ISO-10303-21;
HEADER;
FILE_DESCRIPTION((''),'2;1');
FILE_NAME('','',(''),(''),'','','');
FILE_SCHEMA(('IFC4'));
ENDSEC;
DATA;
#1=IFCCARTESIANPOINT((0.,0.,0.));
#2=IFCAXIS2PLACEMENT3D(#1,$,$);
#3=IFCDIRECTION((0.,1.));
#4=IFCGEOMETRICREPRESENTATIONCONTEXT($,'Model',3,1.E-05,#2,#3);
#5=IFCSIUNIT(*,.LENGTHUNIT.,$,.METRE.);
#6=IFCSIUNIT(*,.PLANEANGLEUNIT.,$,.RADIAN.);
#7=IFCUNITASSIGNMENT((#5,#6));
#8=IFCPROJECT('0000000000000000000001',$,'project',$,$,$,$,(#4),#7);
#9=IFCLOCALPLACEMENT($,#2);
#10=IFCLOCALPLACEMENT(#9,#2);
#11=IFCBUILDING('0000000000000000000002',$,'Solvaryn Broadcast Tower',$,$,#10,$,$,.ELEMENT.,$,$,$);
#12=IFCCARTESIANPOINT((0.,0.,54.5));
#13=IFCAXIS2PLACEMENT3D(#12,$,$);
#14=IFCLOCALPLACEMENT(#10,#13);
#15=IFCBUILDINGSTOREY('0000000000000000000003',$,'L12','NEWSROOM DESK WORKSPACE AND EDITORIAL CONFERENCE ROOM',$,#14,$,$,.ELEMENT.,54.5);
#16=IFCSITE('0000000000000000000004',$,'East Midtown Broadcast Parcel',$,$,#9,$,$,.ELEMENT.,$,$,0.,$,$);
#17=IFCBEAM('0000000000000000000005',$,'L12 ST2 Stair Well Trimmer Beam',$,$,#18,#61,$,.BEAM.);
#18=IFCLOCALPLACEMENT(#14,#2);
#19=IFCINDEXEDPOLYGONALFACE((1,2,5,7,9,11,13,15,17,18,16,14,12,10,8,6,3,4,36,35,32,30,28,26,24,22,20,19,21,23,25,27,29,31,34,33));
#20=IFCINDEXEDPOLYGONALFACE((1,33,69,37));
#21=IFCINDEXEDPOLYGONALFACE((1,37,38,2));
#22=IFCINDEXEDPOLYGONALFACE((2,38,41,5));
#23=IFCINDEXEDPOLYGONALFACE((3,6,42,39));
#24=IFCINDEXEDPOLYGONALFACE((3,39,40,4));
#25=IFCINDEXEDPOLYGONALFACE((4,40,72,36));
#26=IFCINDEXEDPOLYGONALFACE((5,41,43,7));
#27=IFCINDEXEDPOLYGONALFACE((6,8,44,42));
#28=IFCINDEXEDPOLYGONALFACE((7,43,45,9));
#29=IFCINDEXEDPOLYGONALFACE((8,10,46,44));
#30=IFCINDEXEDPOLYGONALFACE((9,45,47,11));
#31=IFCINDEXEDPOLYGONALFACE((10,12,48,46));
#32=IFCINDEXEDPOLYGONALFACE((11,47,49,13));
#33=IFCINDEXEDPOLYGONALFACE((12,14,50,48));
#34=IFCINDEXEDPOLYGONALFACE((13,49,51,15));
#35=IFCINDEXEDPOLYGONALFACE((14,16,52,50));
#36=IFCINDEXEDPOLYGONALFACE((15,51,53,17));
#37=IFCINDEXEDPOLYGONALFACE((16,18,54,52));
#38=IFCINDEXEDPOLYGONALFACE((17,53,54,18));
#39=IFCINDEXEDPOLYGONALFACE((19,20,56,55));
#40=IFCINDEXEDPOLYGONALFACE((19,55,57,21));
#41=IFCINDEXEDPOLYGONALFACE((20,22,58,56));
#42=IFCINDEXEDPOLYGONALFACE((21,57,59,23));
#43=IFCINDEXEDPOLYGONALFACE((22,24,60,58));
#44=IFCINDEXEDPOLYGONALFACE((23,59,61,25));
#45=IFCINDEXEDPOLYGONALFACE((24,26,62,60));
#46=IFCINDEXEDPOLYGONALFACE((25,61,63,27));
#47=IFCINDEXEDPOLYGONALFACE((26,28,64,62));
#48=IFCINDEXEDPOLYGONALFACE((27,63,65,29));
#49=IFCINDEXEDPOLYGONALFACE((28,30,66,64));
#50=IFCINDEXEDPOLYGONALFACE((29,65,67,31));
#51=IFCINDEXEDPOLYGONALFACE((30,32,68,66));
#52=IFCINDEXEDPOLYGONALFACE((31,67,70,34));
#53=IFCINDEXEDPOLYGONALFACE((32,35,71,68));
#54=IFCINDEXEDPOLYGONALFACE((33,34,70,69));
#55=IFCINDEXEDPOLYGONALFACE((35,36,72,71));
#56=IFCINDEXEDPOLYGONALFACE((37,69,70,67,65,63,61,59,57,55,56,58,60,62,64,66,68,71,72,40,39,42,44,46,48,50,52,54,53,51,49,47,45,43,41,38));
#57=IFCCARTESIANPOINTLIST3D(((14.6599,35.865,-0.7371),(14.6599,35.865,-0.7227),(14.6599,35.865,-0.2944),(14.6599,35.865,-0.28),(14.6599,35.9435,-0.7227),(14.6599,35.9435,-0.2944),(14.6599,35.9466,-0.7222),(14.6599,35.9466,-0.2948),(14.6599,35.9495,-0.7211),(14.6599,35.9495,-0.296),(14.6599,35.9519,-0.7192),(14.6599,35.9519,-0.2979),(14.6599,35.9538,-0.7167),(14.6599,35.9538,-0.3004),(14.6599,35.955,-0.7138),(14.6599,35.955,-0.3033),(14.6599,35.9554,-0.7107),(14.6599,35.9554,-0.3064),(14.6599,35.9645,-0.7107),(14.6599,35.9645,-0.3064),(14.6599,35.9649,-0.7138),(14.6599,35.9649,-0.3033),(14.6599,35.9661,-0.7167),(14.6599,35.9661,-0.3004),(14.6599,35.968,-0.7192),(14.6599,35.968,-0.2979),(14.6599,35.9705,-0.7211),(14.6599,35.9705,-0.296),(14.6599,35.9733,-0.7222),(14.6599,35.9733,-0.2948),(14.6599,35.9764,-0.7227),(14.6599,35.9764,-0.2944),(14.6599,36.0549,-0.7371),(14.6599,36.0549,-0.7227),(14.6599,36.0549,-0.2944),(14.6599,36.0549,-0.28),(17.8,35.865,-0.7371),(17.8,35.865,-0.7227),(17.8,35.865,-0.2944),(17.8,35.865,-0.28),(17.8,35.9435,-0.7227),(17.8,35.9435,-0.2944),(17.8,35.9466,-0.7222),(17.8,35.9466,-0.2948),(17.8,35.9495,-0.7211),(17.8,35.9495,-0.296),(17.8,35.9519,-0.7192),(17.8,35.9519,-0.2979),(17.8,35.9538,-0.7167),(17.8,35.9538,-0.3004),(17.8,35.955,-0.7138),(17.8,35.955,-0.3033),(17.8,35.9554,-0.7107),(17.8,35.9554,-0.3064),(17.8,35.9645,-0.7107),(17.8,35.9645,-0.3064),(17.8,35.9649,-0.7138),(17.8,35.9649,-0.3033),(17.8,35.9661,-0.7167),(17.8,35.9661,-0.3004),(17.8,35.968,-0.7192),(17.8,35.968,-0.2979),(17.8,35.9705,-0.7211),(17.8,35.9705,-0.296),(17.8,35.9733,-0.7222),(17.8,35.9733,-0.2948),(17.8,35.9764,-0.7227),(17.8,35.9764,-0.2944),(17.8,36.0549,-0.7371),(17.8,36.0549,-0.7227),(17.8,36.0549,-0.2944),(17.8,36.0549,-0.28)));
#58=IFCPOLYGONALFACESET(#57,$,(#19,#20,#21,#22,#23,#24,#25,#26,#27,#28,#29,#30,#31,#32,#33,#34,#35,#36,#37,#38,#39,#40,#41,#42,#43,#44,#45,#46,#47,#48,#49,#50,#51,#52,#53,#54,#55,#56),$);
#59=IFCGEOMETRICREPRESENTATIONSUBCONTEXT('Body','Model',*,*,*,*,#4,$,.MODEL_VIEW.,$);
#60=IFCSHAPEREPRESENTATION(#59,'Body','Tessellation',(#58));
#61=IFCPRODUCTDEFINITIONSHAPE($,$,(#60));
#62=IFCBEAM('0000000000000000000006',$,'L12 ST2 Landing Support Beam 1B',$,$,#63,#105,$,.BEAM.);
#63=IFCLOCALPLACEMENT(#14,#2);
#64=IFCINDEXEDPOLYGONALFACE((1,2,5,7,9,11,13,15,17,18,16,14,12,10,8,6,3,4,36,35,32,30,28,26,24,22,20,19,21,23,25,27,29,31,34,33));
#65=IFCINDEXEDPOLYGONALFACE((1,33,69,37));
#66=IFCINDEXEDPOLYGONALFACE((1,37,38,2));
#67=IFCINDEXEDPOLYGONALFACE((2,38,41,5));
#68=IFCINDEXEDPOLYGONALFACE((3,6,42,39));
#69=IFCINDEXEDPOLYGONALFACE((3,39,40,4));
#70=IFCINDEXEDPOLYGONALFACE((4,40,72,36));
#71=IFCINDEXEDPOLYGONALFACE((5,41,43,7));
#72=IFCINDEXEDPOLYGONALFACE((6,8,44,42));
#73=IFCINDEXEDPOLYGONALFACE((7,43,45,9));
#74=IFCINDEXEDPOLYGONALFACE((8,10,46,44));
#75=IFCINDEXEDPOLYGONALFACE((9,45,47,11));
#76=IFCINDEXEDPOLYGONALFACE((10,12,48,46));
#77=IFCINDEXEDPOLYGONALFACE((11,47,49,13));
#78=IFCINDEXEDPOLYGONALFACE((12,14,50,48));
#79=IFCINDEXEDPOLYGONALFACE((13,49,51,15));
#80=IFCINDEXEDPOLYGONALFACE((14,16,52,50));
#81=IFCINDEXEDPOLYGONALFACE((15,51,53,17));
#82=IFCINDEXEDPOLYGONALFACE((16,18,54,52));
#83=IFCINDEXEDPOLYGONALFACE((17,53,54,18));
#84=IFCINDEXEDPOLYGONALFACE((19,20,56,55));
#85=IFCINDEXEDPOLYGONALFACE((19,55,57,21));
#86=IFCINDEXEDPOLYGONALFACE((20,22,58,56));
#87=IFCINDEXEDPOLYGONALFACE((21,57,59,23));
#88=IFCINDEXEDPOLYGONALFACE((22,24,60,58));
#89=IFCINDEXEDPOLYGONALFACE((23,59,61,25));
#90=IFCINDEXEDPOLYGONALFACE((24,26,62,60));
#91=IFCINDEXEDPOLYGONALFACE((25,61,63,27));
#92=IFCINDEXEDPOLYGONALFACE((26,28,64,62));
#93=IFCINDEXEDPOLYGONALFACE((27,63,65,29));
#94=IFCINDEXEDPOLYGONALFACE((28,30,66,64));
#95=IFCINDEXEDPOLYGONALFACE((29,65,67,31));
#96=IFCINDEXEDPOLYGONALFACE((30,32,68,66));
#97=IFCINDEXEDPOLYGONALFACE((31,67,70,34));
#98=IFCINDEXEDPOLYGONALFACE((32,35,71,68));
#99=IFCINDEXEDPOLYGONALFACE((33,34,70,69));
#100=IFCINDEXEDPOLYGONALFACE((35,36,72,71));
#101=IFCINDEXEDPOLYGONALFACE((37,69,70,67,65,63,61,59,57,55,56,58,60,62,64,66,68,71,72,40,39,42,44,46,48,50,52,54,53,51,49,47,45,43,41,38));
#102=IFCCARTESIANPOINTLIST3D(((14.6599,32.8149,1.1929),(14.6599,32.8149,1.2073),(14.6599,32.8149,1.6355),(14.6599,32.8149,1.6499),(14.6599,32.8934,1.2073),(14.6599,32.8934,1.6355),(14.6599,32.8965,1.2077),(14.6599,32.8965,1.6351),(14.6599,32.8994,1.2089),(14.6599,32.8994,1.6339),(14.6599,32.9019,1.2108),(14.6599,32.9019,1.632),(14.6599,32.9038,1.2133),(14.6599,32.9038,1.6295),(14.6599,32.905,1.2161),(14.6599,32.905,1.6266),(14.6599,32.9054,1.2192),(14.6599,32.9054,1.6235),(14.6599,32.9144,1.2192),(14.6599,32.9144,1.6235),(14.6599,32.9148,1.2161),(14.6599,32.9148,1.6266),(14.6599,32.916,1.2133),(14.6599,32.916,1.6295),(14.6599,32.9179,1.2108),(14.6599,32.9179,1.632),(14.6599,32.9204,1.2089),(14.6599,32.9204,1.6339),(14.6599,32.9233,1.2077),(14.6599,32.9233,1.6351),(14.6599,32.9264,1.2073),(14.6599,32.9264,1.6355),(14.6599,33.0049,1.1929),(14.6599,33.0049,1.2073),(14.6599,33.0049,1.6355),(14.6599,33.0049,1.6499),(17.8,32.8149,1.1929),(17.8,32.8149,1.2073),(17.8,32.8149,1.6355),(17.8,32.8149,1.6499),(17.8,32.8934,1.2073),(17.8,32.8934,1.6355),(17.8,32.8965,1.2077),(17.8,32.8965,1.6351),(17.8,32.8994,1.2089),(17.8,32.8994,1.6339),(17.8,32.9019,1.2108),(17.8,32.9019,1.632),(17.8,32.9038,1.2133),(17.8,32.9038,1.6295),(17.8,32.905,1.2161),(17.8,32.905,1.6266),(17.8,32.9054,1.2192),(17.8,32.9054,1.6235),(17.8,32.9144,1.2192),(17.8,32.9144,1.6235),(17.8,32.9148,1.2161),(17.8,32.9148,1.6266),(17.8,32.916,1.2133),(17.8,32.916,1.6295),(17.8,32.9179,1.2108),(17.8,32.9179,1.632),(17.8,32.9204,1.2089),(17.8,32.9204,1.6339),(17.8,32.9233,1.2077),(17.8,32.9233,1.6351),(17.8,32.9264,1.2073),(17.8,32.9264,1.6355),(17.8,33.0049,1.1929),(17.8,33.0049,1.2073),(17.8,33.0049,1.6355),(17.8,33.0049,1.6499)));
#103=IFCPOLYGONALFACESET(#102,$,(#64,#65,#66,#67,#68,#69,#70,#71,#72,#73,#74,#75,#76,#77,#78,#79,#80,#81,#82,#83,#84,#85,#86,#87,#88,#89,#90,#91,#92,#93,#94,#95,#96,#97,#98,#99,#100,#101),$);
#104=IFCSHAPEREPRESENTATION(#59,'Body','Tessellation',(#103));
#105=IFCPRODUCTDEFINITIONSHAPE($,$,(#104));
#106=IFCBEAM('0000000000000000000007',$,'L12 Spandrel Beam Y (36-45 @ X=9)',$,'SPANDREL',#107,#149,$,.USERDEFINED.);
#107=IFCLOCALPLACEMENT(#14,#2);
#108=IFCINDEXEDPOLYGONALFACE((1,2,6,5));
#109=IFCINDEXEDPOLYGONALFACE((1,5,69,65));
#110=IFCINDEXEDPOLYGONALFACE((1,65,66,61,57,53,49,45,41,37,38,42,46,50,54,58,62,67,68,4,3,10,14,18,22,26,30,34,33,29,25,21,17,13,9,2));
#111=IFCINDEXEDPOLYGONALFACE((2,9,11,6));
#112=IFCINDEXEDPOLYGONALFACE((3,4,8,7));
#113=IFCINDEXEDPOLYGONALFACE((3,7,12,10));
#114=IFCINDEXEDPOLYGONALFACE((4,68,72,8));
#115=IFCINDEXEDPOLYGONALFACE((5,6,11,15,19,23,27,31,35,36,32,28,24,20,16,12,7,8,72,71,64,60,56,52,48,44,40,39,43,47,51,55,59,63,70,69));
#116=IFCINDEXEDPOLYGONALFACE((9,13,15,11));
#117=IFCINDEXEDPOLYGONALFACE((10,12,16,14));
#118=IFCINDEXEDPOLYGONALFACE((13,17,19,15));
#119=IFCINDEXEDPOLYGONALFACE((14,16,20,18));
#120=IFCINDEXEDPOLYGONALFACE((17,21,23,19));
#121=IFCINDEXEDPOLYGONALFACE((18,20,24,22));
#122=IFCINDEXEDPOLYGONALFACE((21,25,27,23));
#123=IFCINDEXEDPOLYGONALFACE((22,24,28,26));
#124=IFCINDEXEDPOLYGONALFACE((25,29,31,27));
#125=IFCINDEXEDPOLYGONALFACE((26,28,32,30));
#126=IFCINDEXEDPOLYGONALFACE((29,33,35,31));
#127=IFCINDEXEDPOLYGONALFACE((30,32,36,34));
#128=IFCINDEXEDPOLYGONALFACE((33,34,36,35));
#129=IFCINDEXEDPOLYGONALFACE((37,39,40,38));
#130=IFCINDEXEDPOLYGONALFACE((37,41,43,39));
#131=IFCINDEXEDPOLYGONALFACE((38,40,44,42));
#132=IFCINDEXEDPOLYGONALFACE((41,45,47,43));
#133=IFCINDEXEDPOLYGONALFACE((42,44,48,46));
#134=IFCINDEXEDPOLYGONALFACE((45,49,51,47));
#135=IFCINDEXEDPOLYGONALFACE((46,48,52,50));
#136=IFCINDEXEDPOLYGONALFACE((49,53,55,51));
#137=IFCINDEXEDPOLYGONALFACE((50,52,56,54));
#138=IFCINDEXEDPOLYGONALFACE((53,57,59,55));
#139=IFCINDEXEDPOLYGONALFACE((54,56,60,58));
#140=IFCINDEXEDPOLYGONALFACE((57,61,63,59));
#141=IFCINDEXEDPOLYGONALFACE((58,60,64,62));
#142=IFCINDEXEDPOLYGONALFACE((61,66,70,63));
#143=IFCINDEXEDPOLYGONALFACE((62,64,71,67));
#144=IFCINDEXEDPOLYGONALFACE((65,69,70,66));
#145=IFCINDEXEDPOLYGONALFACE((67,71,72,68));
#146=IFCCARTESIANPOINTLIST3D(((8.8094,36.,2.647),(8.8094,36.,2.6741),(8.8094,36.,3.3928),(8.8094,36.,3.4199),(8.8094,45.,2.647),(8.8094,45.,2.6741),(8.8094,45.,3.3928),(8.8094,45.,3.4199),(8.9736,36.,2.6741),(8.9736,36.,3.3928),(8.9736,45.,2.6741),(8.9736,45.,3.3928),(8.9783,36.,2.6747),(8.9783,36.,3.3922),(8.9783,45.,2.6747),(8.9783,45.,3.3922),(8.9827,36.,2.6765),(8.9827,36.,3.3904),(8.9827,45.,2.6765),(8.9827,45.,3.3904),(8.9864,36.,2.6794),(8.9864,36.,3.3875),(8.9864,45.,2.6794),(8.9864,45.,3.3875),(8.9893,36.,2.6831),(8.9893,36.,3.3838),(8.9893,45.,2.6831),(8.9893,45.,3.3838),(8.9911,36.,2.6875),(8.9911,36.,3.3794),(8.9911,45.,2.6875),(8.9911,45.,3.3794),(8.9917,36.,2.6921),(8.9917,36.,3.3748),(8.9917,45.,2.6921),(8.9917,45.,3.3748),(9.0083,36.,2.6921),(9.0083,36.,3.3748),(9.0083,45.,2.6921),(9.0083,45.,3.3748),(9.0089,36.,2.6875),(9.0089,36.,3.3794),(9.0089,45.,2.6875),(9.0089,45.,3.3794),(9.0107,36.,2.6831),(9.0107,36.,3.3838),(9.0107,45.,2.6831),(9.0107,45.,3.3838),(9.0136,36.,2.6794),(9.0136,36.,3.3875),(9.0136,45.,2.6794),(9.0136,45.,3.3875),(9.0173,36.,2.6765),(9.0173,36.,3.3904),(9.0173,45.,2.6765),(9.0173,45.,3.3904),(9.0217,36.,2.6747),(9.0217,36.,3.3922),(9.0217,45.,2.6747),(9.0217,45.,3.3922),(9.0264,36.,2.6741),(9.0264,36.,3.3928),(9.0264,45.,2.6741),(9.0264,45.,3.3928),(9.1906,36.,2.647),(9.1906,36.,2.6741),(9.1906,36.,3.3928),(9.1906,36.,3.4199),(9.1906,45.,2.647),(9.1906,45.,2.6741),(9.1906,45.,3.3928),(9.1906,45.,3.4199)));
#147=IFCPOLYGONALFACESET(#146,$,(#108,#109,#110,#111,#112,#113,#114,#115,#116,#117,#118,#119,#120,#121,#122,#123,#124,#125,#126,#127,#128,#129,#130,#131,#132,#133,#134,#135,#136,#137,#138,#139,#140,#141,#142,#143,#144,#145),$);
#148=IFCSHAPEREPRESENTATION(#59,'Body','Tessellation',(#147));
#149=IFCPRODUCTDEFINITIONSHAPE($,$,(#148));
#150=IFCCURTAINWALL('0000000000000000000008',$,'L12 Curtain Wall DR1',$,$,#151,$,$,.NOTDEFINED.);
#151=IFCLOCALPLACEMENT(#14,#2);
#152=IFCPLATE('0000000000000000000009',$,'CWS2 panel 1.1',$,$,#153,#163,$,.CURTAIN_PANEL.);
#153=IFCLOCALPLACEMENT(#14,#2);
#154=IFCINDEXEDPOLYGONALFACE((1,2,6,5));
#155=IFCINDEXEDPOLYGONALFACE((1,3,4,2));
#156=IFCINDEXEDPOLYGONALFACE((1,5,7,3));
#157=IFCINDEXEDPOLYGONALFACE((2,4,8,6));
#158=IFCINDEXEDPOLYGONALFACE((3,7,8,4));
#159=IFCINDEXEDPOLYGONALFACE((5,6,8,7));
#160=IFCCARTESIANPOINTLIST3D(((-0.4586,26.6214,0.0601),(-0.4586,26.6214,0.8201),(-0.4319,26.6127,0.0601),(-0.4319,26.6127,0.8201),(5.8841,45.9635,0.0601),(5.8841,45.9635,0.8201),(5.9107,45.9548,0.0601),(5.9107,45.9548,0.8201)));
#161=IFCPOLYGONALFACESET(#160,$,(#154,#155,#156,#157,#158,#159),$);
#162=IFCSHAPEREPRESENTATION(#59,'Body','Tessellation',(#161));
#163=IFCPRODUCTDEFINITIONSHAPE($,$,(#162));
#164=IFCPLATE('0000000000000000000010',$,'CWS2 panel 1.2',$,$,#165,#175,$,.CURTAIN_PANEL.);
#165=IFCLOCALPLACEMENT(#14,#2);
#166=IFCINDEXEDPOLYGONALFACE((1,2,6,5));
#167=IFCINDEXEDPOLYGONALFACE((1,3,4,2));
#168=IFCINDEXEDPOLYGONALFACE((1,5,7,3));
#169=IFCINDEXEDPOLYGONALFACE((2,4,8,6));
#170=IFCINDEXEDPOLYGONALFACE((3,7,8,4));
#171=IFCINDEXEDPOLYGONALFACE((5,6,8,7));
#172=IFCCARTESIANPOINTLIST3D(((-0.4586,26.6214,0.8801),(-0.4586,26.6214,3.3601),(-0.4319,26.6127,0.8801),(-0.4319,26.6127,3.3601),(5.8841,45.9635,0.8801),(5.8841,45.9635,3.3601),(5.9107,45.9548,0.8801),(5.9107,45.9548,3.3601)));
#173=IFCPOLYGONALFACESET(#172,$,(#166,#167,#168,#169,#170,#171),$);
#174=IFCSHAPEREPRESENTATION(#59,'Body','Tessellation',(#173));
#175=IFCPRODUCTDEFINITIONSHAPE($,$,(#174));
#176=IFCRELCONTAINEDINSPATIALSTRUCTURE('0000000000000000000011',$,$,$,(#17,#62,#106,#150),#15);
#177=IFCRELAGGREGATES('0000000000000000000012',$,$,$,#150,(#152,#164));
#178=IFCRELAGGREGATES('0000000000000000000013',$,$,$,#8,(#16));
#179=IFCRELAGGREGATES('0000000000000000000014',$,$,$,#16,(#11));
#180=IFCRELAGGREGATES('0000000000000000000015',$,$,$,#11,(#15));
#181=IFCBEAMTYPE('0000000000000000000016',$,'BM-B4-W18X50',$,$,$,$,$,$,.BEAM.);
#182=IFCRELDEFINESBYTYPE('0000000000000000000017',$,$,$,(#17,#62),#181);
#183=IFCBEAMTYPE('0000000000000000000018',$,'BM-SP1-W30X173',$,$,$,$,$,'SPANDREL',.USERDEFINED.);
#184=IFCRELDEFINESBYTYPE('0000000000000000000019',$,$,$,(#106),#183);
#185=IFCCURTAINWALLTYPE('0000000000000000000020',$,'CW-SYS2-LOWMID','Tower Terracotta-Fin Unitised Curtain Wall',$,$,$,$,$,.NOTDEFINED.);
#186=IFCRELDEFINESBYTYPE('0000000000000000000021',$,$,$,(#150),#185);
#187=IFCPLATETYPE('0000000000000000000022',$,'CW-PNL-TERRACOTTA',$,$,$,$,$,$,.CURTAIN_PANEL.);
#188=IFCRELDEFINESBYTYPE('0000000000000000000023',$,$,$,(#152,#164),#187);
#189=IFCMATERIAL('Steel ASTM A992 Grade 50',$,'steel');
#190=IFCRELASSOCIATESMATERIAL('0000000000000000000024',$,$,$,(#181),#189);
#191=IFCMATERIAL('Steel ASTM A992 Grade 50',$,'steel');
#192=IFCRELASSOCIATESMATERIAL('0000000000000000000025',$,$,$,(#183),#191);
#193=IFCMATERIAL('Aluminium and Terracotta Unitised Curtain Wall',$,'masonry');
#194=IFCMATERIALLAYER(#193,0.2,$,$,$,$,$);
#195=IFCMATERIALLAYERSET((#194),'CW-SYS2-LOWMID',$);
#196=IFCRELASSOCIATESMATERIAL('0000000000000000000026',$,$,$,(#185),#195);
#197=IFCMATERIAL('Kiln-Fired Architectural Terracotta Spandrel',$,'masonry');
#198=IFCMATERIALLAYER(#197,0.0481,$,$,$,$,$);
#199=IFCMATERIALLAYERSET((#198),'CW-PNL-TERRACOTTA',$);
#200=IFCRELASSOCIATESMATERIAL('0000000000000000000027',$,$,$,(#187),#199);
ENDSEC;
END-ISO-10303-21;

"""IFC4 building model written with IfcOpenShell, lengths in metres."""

from ifc_helpers import new_model, si_unit, direction, frame, origin, origin_2d, place, context, subcontext, project, spatial, rectangle, i_section, extrude, material, layer, layer_set, material_profile, profile_set, type_object, element, aggregate, save


model = new_model("IFC4")

# Units and contexts
model_context = context("Model", 3, precision=1e-05, world=origin(), true_north=direction((0.0, 1.0)))
body_context = subcontext(model_context, "Body", "Model", "MODEL_VIEW")
ifc_project = project(units=[si_unit("LENGTHUNIT", "METRE"), si_unit("PLANEANGLEUNIT", "RADIAN")], contexts=[model_context])

# Site, building, storey
site_placement = place(None, origin())
site = spatial("IfcSite", under=ifc_project, at=site_placement, Name="East Midtown Broadcast Parcel", CompositionType="ELEMENT", RefElevation=0.0)
building_placement = place(site_placement, origin())
building = spatial("IfcBuilding", under=site, at=building_placement, Name="Solvaryn Broadcast Tower", CompositionType="ELEMENT")
storey_placement = place(building_placement, frame((0.0, 0.0, 54.5)))
storey = spatial("IfcBuildingStorey", under=building, at=storey_placement, Name="L12", Description="NEWSROOM DESK WORKSPACE AND EDITORIAL CONFERENCE ROOM", CompositionType="ELEMENT", Elevation=54.5)

# Beams
ifc_material_1 = material(Name="Steel ASTM A992 Grade 50", Category="steel")
ifc_material_profile_1 = material_profile(ifc_material_1, i_section(OverallWidth=0.1899, OverallDepth=0.457, WebThickness=0.009, FlangeThickness=0.0144, FilletRadius=0.012, at=origin_2d()))
ifc_profile_set_1 = profile_set([ifc_material_profile_1], Name="Steel ASTM A992 Grade 50")
beam_type_1 = type_object("IfcBeamType", Name="BM-B4-W18X50", PredefinedType="BEAM", material=ifc_profile_set_1)
for number, where, z_axis, x_axis, name in (
    (1, (14.6599, 35.96, -0.5085), (1.0, 0.0, 0.0), (0.0, 1.0, 0.0), "L12 ST2 Stair Well Trimmer Beam"),
    (2, (14.6599, 32.9099, 1.4214), (1.0, 0.0, 0.0), (0.0, 1.0, 0.0), "L12 ST2 Landing Support Beam 1B"),
):
    element("IfcBeam", number, at=place(storey_placement, frame(where, z_axis=z_axis, x_axis=x_axis)), inside=storey, type_object=beam_type_1, Name=name, PredefinedType="BEAM", context=body_context, shape_type="SweptSolid", body=[
        extrude(i_section(OverallWidth=0.1899, OverallDepth=0.457, WebThickness=0.009, FlangeThickness=0.0144, FilletRadius=0.012, at=origin_2d()), origin(), (0.0, 0.0, 1.0), 3.1401),
    ])
ifc_material_2 = material(Name="Steel ASTM A992 Grade 50", Category="steel")
ifc_material_profile_2 = material_profile(ifc_material_2, i_section(OverallWidth=0.3811, OverallDepth=0.7729, WebThickness=0.0166, FlangeThickness=0.0271, FilletRadius=0.0181, at=origin_2d()))
ifc_profile_set_2 = profile_set([ifc_material_profile_2], Name="Steel ASTM A992 Grade 50")
beam_type_2 = type_object("IfcBeamType", Name="BM-SP1-W30X173", ElementType="SPANDREL", PredefinedType="USERDEFINED", material=ifc_profile_set_2)
beam_1_placement = place(storey_placement, frame((9.0, 36.0, 3.0334), z_axis=(0.0, 1.0, 0.0), x_axis=(-1.0, 0.0, 0.0)))
element("IfcBeam", 3, at=beam_1_placement, inside=storey, type_object=beam_type_2, Name="L12 Spandrel Beam Y (36-45 @ X=9)", ObjectType="SPANDREL", PredefinedType="USERDEFINED", context=body_context, shape_type="SweptSolid", body=[
    extrude(i_section(OverallWidth=0.3811, OverallDepth=0.7729, WebThickness=0.0166, FlangeThickness=0.0271, FilletRadius=0.0181, at=origin_2d()), origin(), (0.0, 0.0, 1.0), 9.0),
])

# Curtain wall, plates
ifc_material_3 = material(Name="Aluminium and Terracotta Unitised Curtain Wall", Category="masonry")
ifc_layer_1 = layer(ifc_material_3, 0.2)
ifc_layer_set_1 = layer_set([ifc_layer_1], Name="CW-SYS2-LOWMID")
curtain_wall_type = type_object("IfcCurtainWallType", Name="CW-SYS2-LOWMID", Description="Tower Terracotta-Fin Unitised Curtain Wall", PredefinedType="NOTDEFINED", material=ifc_layer_set_1)
curtain_wall_placement = place(storey_placement, origin())
curtain_wall = element("IfcCurtainWall", 4, at=curtain_wall_placement, inside=storey, type_object=curtain_wall_type, Name="L12 Curtain Wall DR1", PredefinedType="NOTDEFINED")
ifc_material_4 = material(Name="Kiln-Fired Architectural Terracotta Spandrel", Category="masonry")
ifc_layer_2 = layer(ifc_material_4, 0.0481)
ifc_layer_set_2 = layer_set([ifc_layer_2], Name="CW-PNL-TERRACOTTA")
plate_type = type_object("IfcPlateType", Name="CW-PNL-TERRACOTTA", PredefinedType="CURTAIN_PANEL", material=ifc_layer_set_2)
plate_1_placement = place(storey_placement, frame((2.7261, 36.2881, 0.0601), z_axis=(0.0, 0.0, 1.0), x_axis=(-0.311594, -0.950215, 0.0)))
plate_1 = element("IfcPlate", 5, at=plate_1_placement, type_object=plate_type, Name="CWS2 panel 1.1", PredefinedType="CURTAIN_PANEL", context=body_context, shape_type="SweptSolid", body=[
    extrude(rectangle(XDim=20.3555, YDim=0.0281, at=origin_2d()), origin(), (0.0, 0.0, 1.0), 0.76),
])
plate_2_placement = place(storey_placement, frame((2.7261, 36.2881, 0.8801), z_axis=(0.0, 0.0, 1.0), x_axis=(-0.311594, -0.950215, 0.0)))
plate_2 = element("IfcPlate", 6, at=plate_2_placement, type_object=plate_type, Name="CWS2 panel 1.2", PredefinedType="CURTAIN_PANEL", context=body_context, shape_type="SweptSolid", body=[
    extrude(rectangle(XDim=20.3555, YDim=0.0281, at=origin_2d()), origin(), (0.0, 0.0, 1.0), 2.48),
])
aggregate(curtain_wall, [plate_1, plate_2])

save(model, "model.ifc")
